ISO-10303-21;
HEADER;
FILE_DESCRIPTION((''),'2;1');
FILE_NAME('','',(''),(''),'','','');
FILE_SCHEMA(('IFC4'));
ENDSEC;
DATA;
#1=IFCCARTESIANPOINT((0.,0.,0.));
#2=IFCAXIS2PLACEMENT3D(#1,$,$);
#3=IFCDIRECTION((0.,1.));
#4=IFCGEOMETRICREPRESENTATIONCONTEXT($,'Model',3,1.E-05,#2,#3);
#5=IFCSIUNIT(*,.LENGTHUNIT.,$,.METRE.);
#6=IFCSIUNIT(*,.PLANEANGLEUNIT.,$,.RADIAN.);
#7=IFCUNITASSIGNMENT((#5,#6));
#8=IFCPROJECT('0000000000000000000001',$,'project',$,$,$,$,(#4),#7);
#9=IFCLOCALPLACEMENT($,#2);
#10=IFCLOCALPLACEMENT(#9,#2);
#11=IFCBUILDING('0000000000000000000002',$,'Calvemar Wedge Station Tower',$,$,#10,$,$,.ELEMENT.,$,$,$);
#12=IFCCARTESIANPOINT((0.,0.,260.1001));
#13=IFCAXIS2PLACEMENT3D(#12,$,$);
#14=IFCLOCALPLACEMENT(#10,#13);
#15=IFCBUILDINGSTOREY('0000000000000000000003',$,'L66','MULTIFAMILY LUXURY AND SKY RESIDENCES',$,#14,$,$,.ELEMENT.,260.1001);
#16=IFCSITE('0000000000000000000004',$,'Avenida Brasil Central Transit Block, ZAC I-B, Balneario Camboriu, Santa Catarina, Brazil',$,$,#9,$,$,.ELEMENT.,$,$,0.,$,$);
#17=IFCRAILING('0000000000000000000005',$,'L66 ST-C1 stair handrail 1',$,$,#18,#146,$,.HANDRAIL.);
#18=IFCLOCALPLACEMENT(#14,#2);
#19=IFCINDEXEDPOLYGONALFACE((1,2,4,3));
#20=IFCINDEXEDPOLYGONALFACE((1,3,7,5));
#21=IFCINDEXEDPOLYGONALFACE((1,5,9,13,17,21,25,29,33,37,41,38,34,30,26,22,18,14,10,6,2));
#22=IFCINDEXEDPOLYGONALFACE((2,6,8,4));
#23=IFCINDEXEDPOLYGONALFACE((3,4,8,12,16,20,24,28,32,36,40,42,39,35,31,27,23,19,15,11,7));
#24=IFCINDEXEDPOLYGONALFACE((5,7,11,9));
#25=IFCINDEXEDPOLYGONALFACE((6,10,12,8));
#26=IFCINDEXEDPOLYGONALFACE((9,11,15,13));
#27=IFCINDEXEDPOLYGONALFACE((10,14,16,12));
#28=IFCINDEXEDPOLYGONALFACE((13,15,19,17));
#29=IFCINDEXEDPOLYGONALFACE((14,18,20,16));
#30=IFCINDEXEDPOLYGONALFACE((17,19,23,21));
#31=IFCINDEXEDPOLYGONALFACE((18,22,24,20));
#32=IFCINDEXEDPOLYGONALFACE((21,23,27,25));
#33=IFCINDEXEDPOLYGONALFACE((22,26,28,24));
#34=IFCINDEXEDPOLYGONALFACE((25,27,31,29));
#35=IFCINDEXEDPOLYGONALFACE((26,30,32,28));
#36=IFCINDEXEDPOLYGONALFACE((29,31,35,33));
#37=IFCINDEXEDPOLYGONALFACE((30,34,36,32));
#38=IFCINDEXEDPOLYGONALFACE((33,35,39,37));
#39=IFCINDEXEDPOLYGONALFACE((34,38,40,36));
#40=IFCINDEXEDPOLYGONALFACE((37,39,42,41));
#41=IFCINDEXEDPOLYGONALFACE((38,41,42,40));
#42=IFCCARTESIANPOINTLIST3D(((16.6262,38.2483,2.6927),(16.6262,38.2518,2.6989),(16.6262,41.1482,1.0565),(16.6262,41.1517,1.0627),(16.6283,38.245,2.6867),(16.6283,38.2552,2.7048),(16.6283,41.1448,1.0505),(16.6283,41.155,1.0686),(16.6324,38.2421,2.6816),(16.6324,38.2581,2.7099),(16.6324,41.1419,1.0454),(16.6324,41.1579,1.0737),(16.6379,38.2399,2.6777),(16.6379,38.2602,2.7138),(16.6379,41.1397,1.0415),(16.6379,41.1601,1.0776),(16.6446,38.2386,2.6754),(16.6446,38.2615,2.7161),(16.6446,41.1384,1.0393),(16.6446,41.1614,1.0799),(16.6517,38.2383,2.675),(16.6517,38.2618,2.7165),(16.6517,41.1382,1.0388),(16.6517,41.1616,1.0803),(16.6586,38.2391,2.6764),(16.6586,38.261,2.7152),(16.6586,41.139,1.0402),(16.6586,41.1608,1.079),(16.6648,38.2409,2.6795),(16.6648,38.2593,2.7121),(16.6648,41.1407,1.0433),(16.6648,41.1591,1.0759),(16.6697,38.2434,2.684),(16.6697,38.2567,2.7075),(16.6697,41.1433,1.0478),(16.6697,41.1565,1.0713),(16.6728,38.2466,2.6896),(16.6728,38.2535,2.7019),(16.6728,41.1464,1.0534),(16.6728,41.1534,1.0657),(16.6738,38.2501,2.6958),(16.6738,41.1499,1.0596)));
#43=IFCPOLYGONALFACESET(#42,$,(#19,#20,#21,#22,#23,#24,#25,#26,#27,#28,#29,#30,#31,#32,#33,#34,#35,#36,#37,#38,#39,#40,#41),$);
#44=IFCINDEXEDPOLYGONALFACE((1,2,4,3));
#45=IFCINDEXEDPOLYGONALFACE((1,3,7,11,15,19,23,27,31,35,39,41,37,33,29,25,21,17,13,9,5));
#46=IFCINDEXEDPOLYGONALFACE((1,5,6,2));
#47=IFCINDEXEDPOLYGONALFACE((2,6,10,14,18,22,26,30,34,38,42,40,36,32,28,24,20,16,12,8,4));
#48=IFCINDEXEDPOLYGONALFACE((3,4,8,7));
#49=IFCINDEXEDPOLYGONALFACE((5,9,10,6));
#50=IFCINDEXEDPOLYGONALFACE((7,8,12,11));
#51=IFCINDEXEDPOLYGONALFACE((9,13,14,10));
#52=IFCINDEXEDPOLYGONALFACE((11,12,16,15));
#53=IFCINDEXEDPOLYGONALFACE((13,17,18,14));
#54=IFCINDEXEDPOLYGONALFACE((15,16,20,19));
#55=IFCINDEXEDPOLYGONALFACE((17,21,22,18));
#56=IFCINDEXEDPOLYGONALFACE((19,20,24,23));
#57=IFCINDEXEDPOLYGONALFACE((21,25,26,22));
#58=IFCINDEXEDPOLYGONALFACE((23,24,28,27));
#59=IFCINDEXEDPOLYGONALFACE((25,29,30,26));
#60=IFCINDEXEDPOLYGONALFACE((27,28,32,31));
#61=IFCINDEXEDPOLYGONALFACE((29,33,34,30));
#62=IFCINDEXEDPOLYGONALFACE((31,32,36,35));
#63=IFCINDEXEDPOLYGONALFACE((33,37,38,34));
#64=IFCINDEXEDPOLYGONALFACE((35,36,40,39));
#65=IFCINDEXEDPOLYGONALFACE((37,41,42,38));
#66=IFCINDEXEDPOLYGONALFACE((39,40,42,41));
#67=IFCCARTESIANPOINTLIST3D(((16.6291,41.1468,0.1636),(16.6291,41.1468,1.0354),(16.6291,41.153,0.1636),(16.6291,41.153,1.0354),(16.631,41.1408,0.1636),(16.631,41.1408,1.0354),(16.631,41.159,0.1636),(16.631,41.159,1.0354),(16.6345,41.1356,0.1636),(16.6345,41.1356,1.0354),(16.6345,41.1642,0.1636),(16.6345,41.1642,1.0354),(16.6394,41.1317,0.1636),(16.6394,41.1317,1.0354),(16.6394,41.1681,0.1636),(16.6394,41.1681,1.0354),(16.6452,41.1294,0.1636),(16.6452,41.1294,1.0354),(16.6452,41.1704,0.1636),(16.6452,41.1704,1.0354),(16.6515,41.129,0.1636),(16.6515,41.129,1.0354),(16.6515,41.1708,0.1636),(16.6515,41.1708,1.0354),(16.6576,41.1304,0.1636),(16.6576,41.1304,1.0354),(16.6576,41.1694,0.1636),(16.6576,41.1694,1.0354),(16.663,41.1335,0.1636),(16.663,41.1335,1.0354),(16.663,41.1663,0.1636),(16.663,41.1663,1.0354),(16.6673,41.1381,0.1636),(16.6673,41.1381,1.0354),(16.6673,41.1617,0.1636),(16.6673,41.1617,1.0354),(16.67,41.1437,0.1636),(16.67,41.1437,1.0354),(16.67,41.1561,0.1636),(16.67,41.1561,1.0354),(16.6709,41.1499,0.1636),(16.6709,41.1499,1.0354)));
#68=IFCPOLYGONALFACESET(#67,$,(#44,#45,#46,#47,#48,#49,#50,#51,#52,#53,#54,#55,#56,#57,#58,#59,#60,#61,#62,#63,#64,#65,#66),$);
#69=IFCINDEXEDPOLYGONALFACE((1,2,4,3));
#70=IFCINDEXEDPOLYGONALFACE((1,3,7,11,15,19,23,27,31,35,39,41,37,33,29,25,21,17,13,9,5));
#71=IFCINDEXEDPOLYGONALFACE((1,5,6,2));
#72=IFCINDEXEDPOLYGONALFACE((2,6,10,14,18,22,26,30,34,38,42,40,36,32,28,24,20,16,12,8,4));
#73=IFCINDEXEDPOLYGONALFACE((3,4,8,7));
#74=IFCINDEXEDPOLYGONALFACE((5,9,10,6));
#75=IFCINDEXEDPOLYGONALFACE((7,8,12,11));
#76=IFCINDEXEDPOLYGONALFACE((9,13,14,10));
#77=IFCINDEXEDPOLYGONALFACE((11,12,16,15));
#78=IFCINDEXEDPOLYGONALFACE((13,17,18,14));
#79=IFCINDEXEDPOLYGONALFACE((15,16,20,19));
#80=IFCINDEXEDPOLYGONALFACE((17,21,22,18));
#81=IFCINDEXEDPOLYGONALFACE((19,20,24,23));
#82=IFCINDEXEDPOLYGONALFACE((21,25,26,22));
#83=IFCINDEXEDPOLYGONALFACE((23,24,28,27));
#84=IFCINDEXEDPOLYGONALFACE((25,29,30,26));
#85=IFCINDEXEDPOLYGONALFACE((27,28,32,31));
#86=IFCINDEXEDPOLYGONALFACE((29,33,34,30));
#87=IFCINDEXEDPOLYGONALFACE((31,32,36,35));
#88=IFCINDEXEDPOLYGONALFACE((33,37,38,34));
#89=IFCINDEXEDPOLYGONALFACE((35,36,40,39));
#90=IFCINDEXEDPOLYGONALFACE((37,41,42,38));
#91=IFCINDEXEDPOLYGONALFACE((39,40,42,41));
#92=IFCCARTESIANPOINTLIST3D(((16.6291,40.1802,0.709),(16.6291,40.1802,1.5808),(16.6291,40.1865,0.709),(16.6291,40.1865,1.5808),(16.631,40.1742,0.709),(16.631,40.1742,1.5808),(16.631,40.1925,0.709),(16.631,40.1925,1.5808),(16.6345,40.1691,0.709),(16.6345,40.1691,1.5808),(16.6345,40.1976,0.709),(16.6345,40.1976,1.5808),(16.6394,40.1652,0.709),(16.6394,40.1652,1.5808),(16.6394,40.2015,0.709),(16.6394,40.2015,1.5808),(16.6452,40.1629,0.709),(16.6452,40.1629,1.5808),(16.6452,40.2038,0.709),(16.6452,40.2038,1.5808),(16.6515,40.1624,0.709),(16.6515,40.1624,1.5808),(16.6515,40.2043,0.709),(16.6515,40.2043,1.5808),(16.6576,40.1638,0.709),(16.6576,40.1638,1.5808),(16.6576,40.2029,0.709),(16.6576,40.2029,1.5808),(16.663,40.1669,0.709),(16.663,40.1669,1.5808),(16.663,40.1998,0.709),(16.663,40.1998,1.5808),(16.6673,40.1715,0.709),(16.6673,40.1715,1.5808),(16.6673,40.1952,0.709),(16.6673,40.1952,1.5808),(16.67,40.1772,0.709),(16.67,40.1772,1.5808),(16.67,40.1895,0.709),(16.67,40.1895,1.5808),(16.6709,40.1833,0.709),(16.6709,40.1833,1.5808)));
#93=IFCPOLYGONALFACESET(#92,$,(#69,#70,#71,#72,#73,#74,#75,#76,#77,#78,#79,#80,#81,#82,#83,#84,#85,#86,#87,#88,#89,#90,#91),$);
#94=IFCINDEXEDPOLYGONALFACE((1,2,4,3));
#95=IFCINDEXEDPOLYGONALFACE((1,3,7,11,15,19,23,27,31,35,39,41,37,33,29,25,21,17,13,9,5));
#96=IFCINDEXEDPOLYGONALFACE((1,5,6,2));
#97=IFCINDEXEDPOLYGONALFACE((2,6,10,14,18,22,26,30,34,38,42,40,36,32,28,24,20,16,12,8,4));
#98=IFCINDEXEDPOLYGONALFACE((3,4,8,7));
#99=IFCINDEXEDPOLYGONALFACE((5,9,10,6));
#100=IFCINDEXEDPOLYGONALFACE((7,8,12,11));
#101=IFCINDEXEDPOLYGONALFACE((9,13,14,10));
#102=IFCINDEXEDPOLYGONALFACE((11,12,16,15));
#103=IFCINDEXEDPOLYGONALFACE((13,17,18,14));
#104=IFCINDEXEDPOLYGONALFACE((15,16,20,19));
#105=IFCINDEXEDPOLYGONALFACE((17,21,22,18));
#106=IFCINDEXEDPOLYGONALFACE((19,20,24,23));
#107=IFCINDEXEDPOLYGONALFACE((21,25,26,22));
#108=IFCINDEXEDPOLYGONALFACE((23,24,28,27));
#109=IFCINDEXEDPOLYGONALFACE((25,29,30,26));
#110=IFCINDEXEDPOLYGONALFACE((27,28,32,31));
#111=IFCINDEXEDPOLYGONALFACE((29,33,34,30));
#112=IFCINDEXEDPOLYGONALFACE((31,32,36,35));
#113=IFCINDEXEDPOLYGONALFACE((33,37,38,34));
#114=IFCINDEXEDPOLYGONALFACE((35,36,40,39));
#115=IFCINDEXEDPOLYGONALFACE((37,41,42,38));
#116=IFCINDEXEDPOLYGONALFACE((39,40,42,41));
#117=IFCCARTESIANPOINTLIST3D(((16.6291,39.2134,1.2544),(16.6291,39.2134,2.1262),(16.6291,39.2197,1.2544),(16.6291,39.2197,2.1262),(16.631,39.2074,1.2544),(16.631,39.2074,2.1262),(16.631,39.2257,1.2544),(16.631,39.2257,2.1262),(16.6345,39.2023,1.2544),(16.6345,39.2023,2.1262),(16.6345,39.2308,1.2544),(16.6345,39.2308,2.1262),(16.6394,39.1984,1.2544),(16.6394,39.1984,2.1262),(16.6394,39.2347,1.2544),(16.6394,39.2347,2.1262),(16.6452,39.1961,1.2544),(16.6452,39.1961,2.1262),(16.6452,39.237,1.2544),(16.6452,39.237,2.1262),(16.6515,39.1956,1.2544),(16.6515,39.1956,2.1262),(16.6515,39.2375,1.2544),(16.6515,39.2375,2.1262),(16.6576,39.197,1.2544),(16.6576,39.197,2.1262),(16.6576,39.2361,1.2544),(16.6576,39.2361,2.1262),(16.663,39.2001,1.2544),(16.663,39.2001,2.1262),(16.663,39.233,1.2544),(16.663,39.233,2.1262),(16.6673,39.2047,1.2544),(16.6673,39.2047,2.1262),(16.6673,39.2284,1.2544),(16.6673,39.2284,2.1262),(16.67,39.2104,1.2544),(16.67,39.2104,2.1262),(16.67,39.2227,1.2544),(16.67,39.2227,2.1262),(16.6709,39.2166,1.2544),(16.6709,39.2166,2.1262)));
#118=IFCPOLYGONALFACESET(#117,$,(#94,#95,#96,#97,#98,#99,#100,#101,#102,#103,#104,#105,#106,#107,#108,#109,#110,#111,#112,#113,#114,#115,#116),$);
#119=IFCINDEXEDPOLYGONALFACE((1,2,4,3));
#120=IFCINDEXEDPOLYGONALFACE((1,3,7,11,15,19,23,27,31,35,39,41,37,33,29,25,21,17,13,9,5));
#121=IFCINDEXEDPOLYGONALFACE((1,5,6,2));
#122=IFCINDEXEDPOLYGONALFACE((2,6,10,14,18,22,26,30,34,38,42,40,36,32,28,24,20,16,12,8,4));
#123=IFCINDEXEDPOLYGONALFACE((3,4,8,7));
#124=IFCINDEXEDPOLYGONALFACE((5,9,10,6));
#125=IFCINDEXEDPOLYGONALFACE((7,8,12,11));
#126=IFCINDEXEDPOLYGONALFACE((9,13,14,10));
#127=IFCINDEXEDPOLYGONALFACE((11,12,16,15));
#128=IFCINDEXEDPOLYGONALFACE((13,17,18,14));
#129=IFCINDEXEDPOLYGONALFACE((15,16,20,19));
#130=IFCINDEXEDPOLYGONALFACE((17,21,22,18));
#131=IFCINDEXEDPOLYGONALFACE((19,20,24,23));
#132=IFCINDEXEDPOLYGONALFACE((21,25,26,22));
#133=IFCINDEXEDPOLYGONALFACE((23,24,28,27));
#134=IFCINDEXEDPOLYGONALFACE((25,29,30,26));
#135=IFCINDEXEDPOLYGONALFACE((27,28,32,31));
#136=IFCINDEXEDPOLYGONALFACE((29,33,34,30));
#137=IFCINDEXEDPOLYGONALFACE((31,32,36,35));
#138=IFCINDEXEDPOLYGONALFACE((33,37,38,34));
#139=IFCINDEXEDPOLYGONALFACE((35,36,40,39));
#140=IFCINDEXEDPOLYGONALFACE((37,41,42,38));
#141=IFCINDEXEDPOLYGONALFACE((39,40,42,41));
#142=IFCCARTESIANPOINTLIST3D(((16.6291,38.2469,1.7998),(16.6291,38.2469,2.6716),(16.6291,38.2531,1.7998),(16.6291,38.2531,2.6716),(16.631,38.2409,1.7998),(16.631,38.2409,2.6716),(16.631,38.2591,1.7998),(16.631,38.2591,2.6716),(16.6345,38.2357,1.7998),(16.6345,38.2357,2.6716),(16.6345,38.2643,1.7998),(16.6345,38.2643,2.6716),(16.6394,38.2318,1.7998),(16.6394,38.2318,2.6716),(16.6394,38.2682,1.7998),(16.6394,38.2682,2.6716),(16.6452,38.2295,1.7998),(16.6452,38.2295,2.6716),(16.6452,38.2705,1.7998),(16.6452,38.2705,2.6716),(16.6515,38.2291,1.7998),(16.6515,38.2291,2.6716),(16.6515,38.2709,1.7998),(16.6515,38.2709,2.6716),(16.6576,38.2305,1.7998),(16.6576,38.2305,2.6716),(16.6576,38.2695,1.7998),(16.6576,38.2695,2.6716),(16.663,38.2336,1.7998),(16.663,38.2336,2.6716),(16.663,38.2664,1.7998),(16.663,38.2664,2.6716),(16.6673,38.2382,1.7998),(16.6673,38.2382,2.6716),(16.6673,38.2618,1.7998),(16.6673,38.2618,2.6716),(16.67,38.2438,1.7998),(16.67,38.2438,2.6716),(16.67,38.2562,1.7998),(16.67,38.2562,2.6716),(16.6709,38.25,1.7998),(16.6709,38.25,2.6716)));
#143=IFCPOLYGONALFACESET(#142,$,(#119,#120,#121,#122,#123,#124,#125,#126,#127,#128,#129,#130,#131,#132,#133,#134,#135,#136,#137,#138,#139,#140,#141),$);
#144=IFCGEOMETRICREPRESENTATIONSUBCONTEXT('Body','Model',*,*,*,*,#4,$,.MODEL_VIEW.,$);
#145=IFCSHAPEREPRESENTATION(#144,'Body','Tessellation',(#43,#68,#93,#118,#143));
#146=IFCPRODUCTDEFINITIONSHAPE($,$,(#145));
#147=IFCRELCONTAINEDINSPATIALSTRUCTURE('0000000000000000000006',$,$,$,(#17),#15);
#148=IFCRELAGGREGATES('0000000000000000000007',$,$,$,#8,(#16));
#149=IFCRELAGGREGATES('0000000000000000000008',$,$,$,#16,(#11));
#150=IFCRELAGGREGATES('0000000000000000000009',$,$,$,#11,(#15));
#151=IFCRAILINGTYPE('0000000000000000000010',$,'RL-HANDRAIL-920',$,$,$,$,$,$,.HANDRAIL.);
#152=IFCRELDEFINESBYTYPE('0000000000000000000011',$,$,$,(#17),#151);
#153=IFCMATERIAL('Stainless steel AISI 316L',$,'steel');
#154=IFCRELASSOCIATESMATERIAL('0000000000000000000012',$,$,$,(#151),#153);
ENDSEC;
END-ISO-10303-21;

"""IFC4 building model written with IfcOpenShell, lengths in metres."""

from ifc_helpers import new_model, si_unit, direction, frame, origin, origin_2d, place, context, subcontext, project, spatial, circle, extrude, material, type_object, element, save


model = new_model("IFC4")

# Units and contexts
model_context = context("Model", 3, precision=1e-05, world=origin(), true_north=direction((0.0, 1.0)))
body_context = subcontext(model_context, "Body", "Model", "MODEL_VIEW")
ifc_project = project(units=[si_unit("LENGTHUNIT", "METRE"), si_unit("PLANEANGLEUNIT", "RADIAN")], contexts=[model_context])

# Site, building, storey
site_placement = place(None, origin())
site = spatial("IfcSite", under=ifc_project, at=site_placement, Name="Avenida Brasil Central Transit Block, ZAC I-B, Balneario Camboriu, Santa Catarina, Brazil", CompositionType="ELEMENT", RefElevation=0.0)
building_placement = place(site_placement, origin())
building = spatial("IfcBuilding", under=site, at=building_placement, Name="Calvemar Wedge Station Tower", CompositionType="ELEMENT")
storey_placement = place(building_placement, frame((0.0, 0.0, 260.1001)))
storey = spatial("IfcBuildingStorey", under=building, at=storey_placement, Name="L66", Description="MULTIFAMILY LUXURY AND SKY RESIDENCES", CompositionType="ELEMENT", Elevation=260.1001)

# Railing
ifc_material_1 = material(Name="Stainless steel AISI 316L", Category="steel")
railing_type_1 = type_object("IfcRailingType", Name="RL-HANDRAIL-920", PredefinedType="HANDRAIL", material=ifc_material_1)
railing_1_placement = place(storey_placement, frame((16.6499, 41.1499, 0.1636)))
element("IfcRailing", 1, at=railing_1_placement, inside=storey, type_object=railing_type_1, Name="L66 ST-C1 stair handrail 1", PredefinedType="HANDRAIL", context=body_context, shape_type="SweptSolid", body=[
    extrude(circle(Radius=0.0239, at=origin_2d()), frame((0.0, 0.0, 0.896), z_axis=(0.0, -0.870929, 0.49141), x_axis=(1.0, 0.0, 0.0)), (0.0, 0.0, 1.0), 3.3296),
    extrude(circle(Radius=0.021, at=origin_2d()), origin(), (0.0, 0.0, 1.0), 0.8718),
    extrude(circle(Radius=0.021, at=origin_2d()), frame((0.0, -0.9666, 0.5454)), (0.0, 0.0, 1.0), 0.8718),
    extrude(circle(Radius=0.021, at=origin_2d()), frame((0.0, -1.9333, 1.0908)), (0.0, 0.0, 1.0), 0.8718),
    extrude(circle(Radius=0.021, at=origin_2d()), frame((0.0, -2.8999, 1.6362)), (0.0, 0.0, 1.0), 0.8718),
])

save(model, "model.ifc")
